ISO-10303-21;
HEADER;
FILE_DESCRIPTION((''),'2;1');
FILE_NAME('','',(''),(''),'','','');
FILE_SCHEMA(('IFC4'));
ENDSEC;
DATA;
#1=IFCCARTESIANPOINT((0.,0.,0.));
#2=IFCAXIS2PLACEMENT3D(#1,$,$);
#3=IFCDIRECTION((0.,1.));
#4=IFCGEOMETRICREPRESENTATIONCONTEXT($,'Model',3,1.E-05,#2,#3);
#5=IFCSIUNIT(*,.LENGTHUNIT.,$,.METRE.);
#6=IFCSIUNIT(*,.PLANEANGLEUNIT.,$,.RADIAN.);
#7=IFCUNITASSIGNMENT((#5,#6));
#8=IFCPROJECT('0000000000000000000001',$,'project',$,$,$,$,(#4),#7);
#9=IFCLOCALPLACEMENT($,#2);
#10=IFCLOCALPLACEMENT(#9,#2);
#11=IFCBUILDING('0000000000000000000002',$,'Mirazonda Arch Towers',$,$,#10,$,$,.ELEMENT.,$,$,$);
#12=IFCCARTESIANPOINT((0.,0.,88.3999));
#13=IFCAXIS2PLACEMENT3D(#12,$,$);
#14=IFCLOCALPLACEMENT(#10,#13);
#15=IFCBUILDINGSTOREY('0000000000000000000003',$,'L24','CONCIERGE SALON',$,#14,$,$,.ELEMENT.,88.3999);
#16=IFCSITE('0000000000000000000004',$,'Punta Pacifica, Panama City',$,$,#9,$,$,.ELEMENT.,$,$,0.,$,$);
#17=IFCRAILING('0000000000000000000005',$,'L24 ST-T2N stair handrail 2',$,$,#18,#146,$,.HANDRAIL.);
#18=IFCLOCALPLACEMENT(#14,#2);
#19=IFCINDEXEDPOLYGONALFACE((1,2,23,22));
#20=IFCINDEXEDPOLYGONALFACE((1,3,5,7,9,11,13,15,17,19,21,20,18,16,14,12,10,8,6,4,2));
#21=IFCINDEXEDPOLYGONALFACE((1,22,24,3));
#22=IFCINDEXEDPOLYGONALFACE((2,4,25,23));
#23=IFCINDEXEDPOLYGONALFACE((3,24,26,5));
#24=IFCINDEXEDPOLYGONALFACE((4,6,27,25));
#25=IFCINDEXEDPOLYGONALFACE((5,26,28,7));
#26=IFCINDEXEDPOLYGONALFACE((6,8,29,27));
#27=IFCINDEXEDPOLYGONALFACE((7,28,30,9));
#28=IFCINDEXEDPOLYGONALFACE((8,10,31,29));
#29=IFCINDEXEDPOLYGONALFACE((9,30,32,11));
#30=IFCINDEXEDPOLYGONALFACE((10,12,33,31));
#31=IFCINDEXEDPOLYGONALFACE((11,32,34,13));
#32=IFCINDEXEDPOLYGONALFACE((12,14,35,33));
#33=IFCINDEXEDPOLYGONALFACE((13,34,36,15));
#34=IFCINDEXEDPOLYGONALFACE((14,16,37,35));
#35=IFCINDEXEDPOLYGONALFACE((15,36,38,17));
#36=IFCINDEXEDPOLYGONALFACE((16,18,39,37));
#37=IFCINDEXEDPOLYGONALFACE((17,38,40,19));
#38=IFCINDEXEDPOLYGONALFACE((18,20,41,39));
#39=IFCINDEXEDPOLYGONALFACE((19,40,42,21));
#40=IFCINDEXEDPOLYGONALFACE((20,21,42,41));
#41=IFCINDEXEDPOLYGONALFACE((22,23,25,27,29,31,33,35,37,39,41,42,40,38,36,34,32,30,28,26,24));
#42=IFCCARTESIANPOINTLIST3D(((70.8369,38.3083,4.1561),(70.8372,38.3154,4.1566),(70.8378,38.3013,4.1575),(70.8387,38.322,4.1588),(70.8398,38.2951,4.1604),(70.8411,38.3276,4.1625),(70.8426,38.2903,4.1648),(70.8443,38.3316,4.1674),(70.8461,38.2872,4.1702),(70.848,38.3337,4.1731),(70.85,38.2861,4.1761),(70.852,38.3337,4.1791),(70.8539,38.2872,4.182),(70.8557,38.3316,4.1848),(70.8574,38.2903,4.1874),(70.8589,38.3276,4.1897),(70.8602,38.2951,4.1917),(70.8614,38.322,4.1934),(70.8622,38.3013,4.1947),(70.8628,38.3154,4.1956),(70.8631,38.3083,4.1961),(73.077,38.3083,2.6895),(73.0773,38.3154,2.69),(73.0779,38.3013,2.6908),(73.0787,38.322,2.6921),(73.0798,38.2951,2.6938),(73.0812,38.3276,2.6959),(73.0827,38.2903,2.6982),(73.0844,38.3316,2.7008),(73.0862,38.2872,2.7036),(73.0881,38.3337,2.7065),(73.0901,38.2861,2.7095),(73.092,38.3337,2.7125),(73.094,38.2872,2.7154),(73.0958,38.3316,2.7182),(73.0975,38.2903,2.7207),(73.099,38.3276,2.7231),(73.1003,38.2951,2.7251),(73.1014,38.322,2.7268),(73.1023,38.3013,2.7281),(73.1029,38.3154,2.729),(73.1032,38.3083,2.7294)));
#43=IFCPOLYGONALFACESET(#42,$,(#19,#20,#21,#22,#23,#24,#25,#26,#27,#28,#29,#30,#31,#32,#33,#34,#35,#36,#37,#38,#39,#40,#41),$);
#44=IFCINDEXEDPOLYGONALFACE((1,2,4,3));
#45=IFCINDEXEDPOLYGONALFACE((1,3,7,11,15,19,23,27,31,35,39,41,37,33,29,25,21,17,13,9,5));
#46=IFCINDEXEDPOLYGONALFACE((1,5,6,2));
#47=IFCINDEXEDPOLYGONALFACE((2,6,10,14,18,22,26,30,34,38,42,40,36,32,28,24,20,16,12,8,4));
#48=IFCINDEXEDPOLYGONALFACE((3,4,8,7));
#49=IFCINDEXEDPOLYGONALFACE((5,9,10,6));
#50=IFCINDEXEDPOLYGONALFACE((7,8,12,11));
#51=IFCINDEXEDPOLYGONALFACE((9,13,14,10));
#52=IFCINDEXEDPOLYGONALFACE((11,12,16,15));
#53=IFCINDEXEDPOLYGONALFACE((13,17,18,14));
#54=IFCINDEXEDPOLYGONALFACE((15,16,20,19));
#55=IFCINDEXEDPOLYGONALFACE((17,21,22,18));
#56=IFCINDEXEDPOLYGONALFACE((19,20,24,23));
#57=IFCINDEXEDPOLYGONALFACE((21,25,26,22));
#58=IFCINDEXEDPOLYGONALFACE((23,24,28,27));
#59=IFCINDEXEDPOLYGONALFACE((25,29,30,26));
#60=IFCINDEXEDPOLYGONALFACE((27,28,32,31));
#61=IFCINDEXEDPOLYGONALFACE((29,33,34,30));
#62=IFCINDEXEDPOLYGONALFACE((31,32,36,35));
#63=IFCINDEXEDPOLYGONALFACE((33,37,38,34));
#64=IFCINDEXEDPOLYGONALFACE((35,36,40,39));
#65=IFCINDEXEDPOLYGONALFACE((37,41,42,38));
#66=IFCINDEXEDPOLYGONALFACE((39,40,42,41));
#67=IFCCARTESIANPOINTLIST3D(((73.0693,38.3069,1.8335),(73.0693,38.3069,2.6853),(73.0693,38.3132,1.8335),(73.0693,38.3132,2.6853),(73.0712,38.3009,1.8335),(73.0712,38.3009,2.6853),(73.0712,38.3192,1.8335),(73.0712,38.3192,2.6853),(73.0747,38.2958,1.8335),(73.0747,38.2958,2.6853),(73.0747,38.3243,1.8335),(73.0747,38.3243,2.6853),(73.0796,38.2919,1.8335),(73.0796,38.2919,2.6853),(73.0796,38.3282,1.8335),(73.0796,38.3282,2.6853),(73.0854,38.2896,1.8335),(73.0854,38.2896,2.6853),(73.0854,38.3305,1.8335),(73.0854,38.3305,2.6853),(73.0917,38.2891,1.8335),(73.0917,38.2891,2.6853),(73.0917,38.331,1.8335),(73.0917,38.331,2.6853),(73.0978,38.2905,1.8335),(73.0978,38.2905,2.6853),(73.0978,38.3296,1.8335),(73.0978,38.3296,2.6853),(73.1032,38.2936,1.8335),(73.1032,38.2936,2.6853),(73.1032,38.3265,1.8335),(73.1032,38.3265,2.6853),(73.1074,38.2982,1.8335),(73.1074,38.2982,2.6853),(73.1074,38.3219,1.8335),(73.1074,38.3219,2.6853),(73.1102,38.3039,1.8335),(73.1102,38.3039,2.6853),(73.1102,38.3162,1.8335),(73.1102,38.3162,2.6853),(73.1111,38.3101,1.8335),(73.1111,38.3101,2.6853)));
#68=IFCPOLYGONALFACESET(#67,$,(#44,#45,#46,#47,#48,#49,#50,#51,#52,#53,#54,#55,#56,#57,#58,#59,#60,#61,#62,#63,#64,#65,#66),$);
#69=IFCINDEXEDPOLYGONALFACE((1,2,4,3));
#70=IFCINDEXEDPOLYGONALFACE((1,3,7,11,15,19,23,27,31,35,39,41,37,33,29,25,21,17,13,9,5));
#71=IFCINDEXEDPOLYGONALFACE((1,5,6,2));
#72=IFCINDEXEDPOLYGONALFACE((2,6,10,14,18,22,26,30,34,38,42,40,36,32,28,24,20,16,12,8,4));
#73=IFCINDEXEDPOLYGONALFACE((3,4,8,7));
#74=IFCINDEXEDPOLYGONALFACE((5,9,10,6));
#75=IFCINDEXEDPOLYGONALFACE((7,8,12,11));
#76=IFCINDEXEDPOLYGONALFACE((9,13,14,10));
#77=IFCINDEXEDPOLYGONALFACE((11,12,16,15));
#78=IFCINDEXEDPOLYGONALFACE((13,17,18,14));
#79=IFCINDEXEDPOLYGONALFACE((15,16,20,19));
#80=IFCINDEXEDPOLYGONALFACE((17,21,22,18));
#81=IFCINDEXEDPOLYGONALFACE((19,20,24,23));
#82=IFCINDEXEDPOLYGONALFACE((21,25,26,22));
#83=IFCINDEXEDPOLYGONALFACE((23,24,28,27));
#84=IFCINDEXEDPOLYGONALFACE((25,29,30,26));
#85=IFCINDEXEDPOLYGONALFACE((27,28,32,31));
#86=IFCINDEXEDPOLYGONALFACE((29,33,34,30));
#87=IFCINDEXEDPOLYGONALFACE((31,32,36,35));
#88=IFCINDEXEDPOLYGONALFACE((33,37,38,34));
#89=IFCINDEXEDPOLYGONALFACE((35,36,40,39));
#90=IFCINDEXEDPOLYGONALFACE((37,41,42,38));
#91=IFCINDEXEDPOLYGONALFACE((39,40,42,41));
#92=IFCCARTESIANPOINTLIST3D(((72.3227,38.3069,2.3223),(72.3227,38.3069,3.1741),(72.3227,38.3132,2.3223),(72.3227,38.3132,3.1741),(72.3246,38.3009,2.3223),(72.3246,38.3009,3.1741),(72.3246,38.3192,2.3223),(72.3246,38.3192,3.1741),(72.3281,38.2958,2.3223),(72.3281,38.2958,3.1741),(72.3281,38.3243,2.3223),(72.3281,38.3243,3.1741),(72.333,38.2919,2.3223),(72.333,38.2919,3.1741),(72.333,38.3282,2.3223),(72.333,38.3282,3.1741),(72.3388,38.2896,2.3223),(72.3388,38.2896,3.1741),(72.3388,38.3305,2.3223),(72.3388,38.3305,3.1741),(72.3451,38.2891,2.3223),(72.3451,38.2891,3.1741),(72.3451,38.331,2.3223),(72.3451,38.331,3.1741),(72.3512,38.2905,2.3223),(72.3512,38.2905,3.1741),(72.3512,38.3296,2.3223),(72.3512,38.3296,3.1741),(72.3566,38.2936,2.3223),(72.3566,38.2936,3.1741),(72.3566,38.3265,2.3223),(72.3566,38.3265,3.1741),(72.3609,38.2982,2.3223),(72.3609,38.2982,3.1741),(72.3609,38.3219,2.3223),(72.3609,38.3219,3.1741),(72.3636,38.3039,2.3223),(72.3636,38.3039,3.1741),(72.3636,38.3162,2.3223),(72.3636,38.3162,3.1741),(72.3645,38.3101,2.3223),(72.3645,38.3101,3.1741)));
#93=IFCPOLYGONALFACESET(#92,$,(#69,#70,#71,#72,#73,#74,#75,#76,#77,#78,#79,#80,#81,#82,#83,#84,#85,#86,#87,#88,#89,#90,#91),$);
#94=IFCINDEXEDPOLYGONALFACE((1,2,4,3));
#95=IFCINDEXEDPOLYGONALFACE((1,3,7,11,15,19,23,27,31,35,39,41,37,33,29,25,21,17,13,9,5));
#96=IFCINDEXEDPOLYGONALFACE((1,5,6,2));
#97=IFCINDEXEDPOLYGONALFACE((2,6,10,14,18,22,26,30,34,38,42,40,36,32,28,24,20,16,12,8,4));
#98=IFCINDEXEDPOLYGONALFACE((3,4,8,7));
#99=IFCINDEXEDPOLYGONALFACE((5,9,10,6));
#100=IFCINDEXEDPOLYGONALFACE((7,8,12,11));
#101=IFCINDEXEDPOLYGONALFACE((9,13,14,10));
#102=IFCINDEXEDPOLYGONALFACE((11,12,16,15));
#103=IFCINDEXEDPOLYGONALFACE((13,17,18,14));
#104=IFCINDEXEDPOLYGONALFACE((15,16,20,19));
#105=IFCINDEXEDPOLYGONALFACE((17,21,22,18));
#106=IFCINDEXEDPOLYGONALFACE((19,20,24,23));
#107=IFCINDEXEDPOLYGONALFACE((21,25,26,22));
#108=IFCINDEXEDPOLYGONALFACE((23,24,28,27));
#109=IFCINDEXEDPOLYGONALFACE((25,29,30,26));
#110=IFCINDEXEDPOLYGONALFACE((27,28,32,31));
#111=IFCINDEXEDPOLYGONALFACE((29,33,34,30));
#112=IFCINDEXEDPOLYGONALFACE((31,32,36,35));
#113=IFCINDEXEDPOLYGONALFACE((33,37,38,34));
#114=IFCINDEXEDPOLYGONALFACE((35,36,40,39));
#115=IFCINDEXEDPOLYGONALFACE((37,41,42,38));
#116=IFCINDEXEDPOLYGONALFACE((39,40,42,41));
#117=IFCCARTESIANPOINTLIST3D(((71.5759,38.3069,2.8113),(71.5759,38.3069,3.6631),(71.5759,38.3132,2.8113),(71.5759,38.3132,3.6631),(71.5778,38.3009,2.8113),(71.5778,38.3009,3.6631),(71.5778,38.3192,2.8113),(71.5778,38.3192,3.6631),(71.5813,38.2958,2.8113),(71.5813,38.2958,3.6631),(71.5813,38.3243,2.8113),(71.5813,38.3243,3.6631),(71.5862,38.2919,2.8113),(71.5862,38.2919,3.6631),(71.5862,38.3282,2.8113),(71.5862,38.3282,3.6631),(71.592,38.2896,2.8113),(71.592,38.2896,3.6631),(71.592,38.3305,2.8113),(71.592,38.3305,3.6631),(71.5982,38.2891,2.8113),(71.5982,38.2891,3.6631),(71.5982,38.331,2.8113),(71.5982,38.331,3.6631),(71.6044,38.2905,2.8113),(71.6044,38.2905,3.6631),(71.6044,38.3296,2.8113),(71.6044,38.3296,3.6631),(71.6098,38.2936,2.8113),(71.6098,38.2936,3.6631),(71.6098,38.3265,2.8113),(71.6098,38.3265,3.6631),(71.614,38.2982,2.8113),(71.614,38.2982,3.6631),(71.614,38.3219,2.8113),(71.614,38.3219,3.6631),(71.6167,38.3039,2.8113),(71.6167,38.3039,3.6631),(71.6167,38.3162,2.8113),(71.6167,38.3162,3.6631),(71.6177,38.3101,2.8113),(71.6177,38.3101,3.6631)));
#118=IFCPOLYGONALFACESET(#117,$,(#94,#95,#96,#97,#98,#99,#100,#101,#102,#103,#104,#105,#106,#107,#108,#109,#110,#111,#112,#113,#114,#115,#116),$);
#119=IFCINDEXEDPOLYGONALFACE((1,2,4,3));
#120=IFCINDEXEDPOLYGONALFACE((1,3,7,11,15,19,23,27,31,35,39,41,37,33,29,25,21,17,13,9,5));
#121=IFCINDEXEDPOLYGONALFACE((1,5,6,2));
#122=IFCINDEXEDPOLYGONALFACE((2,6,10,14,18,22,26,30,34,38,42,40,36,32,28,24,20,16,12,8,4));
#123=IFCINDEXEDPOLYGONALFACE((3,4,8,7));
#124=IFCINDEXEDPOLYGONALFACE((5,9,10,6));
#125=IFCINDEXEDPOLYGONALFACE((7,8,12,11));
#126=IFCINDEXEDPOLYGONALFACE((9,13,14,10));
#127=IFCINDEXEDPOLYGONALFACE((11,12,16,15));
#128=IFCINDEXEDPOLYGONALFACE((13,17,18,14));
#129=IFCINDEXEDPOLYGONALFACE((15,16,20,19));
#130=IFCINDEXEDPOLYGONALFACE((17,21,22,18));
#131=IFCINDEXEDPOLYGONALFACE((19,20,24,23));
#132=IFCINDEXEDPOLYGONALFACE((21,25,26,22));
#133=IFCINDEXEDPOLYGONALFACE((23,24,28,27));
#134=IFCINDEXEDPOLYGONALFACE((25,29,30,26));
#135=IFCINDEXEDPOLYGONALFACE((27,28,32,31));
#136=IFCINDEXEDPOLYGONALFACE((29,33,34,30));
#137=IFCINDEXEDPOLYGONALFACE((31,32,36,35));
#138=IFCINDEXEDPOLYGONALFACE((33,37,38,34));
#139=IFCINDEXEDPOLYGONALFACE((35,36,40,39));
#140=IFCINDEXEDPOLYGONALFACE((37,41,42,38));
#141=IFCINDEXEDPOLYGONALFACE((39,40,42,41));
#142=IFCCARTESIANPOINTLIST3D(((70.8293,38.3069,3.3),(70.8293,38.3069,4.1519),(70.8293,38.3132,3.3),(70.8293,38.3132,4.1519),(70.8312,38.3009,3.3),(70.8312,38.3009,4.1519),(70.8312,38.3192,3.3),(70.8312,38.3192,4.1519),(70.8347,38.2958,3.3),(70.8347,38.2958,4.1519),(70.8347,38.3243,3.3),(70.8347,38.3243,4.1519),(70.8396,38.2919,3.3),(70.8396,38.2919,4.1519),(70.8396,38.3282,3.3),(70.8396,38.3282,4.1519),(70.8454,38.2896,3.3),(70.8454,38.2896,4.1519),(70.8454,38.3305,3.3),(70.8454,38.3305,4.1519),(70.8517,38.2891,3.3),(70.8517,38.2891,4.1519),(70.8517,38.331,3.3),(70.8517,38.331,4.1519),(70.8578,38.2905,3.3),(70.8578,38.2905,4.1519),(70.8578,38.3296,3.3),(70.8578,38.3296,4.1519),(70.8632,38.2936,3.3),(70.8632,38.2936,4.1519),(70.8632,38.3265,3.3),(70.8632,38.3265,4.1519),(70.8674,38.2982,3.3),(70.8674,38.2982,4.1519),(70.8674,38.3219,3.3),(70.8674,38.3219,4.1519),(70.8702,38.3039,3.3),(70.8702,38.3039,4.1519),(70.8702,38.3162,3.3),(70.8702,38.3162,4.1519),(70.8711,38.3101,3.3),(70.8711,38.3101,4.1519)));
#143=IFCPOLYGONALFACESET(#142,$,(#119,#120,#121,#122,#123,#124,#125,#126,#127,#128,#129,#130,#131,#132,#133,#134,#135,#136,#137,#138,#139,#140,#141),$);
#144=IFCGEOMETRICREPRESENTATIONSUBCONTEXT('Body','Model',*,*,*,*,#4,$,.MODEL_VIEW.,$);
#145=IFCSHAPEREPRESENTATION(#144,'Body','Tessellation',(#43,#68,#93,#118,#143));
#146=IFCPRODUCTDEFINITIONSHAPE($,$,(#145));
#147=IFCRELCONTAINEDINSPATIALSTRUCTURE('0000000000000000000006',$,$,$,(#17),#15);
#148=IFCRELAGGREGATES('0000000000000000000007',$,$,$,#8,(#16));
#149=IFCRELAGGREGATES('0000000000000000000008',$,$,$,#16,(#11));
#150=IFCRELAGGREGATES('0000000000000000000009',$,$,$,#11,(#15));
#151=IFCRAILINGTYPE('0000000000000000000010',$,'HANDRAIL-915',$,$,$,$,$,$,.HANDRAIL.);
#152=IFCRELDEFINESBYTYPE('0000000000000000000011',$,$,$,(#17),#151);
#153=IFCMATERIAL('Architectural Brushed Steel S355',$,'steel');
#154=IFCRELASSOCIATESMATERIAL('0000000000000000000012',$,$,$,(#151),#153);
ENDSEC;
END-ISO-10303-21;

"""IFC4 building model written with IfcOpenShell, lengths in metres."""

from ifc_helpers import new_model, si_unit, direction, frame, origin, origin_2d, place, context, subcontext, project, spatial, circle, extrude, material, type_object, element, save


model = new_model("IFC4")

# Units and contexts
model_context = context("Model", 3, precision=1e-05, world=origin(), true_north=direction((0.0, 1.0)))
body_context = subcontext(model_context, "Body", "Model", "MODEL_VIEW")
ifc_project = project(units=[si_unit("LENGTHUNIT", "METRE"), si_unit("PLANEANGLEUNIT", "RADIAN")], contexts=[model_context])

# Site, building, storey
site_placement = place(None, origin())
site = spatial("IfcSite", under=ifc_project, at=site_placement, Name="Punta Pacifica, Panama City", CompositionType="ELEMENT", RefElevation=0.0)
building_placement = place(site_placement, origin())
building = spatial("IfcBuilding", under=site, at=building_placement, Name="Mirazonda Arch Towers", CompositionType="ELEMENT")
storey_placement = place(building_placement, frame((0.0, 0.0, 88.3999)))
storey = spatial("IfcBuildingStorey", under=building, at=storey_placement, Name="L24", Description="CONCIERGE SALON", CompositionType="ELEMENT", Elevation=88.3999)

# Railing
ifc_material_1 = material(Name="Architectural Brushed Steel S355", Category="steel")
railing_type_1 = type_object("IfcRailingType", Name="HANDRAIL-915", PredefinedType="HANDRAIL", material=ifc_material_1)
railing_1_placement = place(storey_placement, frame((73.0901, 38.3101, 1.8335)))
element("IfcRailing", 1, at=railing_1_placement, inside=storey, type_object=railing_type_1, Name="L24 ST-T2N stair handrail 2", PredefinedType="HANDRAIL", context=body_context, shape_type="SweptSolid", body=[
    extrude(circle(Radius=0.0239, at=origin_2d()), frame((0.0, 0.0, 0.876), z_axis=(-0.836637, 0.0, 0.547758), x_axis=(0.0, -1.0, 0.0)), (0.0, 0.0, 1.0), 2.6775),
    extrude(circle(Radius=0.021, at=origin_2d()), origin(), (0.0, 0.0, 1.0), 0.8518),
    extrude(circle(Radius=0.021, at=origin_2d()), frame((-0.7466, 0.0, 0.4888)), (0.0, 0.0, 1.0), 0.8518),
    extrude(circle(Radius=0.021, at=origin_2d()), frame((-1.4934, 0.0, 0.9778)), (0.0, 0.0, 1.0), 0.8518),
    extrude(circle(Radius=0.021, at=origin_2d()), frame((-2.24, 0.0, 1.4666)), (0.0, 0.0, 1.0), 0.8518),
])

save(model, "model.ifc")
